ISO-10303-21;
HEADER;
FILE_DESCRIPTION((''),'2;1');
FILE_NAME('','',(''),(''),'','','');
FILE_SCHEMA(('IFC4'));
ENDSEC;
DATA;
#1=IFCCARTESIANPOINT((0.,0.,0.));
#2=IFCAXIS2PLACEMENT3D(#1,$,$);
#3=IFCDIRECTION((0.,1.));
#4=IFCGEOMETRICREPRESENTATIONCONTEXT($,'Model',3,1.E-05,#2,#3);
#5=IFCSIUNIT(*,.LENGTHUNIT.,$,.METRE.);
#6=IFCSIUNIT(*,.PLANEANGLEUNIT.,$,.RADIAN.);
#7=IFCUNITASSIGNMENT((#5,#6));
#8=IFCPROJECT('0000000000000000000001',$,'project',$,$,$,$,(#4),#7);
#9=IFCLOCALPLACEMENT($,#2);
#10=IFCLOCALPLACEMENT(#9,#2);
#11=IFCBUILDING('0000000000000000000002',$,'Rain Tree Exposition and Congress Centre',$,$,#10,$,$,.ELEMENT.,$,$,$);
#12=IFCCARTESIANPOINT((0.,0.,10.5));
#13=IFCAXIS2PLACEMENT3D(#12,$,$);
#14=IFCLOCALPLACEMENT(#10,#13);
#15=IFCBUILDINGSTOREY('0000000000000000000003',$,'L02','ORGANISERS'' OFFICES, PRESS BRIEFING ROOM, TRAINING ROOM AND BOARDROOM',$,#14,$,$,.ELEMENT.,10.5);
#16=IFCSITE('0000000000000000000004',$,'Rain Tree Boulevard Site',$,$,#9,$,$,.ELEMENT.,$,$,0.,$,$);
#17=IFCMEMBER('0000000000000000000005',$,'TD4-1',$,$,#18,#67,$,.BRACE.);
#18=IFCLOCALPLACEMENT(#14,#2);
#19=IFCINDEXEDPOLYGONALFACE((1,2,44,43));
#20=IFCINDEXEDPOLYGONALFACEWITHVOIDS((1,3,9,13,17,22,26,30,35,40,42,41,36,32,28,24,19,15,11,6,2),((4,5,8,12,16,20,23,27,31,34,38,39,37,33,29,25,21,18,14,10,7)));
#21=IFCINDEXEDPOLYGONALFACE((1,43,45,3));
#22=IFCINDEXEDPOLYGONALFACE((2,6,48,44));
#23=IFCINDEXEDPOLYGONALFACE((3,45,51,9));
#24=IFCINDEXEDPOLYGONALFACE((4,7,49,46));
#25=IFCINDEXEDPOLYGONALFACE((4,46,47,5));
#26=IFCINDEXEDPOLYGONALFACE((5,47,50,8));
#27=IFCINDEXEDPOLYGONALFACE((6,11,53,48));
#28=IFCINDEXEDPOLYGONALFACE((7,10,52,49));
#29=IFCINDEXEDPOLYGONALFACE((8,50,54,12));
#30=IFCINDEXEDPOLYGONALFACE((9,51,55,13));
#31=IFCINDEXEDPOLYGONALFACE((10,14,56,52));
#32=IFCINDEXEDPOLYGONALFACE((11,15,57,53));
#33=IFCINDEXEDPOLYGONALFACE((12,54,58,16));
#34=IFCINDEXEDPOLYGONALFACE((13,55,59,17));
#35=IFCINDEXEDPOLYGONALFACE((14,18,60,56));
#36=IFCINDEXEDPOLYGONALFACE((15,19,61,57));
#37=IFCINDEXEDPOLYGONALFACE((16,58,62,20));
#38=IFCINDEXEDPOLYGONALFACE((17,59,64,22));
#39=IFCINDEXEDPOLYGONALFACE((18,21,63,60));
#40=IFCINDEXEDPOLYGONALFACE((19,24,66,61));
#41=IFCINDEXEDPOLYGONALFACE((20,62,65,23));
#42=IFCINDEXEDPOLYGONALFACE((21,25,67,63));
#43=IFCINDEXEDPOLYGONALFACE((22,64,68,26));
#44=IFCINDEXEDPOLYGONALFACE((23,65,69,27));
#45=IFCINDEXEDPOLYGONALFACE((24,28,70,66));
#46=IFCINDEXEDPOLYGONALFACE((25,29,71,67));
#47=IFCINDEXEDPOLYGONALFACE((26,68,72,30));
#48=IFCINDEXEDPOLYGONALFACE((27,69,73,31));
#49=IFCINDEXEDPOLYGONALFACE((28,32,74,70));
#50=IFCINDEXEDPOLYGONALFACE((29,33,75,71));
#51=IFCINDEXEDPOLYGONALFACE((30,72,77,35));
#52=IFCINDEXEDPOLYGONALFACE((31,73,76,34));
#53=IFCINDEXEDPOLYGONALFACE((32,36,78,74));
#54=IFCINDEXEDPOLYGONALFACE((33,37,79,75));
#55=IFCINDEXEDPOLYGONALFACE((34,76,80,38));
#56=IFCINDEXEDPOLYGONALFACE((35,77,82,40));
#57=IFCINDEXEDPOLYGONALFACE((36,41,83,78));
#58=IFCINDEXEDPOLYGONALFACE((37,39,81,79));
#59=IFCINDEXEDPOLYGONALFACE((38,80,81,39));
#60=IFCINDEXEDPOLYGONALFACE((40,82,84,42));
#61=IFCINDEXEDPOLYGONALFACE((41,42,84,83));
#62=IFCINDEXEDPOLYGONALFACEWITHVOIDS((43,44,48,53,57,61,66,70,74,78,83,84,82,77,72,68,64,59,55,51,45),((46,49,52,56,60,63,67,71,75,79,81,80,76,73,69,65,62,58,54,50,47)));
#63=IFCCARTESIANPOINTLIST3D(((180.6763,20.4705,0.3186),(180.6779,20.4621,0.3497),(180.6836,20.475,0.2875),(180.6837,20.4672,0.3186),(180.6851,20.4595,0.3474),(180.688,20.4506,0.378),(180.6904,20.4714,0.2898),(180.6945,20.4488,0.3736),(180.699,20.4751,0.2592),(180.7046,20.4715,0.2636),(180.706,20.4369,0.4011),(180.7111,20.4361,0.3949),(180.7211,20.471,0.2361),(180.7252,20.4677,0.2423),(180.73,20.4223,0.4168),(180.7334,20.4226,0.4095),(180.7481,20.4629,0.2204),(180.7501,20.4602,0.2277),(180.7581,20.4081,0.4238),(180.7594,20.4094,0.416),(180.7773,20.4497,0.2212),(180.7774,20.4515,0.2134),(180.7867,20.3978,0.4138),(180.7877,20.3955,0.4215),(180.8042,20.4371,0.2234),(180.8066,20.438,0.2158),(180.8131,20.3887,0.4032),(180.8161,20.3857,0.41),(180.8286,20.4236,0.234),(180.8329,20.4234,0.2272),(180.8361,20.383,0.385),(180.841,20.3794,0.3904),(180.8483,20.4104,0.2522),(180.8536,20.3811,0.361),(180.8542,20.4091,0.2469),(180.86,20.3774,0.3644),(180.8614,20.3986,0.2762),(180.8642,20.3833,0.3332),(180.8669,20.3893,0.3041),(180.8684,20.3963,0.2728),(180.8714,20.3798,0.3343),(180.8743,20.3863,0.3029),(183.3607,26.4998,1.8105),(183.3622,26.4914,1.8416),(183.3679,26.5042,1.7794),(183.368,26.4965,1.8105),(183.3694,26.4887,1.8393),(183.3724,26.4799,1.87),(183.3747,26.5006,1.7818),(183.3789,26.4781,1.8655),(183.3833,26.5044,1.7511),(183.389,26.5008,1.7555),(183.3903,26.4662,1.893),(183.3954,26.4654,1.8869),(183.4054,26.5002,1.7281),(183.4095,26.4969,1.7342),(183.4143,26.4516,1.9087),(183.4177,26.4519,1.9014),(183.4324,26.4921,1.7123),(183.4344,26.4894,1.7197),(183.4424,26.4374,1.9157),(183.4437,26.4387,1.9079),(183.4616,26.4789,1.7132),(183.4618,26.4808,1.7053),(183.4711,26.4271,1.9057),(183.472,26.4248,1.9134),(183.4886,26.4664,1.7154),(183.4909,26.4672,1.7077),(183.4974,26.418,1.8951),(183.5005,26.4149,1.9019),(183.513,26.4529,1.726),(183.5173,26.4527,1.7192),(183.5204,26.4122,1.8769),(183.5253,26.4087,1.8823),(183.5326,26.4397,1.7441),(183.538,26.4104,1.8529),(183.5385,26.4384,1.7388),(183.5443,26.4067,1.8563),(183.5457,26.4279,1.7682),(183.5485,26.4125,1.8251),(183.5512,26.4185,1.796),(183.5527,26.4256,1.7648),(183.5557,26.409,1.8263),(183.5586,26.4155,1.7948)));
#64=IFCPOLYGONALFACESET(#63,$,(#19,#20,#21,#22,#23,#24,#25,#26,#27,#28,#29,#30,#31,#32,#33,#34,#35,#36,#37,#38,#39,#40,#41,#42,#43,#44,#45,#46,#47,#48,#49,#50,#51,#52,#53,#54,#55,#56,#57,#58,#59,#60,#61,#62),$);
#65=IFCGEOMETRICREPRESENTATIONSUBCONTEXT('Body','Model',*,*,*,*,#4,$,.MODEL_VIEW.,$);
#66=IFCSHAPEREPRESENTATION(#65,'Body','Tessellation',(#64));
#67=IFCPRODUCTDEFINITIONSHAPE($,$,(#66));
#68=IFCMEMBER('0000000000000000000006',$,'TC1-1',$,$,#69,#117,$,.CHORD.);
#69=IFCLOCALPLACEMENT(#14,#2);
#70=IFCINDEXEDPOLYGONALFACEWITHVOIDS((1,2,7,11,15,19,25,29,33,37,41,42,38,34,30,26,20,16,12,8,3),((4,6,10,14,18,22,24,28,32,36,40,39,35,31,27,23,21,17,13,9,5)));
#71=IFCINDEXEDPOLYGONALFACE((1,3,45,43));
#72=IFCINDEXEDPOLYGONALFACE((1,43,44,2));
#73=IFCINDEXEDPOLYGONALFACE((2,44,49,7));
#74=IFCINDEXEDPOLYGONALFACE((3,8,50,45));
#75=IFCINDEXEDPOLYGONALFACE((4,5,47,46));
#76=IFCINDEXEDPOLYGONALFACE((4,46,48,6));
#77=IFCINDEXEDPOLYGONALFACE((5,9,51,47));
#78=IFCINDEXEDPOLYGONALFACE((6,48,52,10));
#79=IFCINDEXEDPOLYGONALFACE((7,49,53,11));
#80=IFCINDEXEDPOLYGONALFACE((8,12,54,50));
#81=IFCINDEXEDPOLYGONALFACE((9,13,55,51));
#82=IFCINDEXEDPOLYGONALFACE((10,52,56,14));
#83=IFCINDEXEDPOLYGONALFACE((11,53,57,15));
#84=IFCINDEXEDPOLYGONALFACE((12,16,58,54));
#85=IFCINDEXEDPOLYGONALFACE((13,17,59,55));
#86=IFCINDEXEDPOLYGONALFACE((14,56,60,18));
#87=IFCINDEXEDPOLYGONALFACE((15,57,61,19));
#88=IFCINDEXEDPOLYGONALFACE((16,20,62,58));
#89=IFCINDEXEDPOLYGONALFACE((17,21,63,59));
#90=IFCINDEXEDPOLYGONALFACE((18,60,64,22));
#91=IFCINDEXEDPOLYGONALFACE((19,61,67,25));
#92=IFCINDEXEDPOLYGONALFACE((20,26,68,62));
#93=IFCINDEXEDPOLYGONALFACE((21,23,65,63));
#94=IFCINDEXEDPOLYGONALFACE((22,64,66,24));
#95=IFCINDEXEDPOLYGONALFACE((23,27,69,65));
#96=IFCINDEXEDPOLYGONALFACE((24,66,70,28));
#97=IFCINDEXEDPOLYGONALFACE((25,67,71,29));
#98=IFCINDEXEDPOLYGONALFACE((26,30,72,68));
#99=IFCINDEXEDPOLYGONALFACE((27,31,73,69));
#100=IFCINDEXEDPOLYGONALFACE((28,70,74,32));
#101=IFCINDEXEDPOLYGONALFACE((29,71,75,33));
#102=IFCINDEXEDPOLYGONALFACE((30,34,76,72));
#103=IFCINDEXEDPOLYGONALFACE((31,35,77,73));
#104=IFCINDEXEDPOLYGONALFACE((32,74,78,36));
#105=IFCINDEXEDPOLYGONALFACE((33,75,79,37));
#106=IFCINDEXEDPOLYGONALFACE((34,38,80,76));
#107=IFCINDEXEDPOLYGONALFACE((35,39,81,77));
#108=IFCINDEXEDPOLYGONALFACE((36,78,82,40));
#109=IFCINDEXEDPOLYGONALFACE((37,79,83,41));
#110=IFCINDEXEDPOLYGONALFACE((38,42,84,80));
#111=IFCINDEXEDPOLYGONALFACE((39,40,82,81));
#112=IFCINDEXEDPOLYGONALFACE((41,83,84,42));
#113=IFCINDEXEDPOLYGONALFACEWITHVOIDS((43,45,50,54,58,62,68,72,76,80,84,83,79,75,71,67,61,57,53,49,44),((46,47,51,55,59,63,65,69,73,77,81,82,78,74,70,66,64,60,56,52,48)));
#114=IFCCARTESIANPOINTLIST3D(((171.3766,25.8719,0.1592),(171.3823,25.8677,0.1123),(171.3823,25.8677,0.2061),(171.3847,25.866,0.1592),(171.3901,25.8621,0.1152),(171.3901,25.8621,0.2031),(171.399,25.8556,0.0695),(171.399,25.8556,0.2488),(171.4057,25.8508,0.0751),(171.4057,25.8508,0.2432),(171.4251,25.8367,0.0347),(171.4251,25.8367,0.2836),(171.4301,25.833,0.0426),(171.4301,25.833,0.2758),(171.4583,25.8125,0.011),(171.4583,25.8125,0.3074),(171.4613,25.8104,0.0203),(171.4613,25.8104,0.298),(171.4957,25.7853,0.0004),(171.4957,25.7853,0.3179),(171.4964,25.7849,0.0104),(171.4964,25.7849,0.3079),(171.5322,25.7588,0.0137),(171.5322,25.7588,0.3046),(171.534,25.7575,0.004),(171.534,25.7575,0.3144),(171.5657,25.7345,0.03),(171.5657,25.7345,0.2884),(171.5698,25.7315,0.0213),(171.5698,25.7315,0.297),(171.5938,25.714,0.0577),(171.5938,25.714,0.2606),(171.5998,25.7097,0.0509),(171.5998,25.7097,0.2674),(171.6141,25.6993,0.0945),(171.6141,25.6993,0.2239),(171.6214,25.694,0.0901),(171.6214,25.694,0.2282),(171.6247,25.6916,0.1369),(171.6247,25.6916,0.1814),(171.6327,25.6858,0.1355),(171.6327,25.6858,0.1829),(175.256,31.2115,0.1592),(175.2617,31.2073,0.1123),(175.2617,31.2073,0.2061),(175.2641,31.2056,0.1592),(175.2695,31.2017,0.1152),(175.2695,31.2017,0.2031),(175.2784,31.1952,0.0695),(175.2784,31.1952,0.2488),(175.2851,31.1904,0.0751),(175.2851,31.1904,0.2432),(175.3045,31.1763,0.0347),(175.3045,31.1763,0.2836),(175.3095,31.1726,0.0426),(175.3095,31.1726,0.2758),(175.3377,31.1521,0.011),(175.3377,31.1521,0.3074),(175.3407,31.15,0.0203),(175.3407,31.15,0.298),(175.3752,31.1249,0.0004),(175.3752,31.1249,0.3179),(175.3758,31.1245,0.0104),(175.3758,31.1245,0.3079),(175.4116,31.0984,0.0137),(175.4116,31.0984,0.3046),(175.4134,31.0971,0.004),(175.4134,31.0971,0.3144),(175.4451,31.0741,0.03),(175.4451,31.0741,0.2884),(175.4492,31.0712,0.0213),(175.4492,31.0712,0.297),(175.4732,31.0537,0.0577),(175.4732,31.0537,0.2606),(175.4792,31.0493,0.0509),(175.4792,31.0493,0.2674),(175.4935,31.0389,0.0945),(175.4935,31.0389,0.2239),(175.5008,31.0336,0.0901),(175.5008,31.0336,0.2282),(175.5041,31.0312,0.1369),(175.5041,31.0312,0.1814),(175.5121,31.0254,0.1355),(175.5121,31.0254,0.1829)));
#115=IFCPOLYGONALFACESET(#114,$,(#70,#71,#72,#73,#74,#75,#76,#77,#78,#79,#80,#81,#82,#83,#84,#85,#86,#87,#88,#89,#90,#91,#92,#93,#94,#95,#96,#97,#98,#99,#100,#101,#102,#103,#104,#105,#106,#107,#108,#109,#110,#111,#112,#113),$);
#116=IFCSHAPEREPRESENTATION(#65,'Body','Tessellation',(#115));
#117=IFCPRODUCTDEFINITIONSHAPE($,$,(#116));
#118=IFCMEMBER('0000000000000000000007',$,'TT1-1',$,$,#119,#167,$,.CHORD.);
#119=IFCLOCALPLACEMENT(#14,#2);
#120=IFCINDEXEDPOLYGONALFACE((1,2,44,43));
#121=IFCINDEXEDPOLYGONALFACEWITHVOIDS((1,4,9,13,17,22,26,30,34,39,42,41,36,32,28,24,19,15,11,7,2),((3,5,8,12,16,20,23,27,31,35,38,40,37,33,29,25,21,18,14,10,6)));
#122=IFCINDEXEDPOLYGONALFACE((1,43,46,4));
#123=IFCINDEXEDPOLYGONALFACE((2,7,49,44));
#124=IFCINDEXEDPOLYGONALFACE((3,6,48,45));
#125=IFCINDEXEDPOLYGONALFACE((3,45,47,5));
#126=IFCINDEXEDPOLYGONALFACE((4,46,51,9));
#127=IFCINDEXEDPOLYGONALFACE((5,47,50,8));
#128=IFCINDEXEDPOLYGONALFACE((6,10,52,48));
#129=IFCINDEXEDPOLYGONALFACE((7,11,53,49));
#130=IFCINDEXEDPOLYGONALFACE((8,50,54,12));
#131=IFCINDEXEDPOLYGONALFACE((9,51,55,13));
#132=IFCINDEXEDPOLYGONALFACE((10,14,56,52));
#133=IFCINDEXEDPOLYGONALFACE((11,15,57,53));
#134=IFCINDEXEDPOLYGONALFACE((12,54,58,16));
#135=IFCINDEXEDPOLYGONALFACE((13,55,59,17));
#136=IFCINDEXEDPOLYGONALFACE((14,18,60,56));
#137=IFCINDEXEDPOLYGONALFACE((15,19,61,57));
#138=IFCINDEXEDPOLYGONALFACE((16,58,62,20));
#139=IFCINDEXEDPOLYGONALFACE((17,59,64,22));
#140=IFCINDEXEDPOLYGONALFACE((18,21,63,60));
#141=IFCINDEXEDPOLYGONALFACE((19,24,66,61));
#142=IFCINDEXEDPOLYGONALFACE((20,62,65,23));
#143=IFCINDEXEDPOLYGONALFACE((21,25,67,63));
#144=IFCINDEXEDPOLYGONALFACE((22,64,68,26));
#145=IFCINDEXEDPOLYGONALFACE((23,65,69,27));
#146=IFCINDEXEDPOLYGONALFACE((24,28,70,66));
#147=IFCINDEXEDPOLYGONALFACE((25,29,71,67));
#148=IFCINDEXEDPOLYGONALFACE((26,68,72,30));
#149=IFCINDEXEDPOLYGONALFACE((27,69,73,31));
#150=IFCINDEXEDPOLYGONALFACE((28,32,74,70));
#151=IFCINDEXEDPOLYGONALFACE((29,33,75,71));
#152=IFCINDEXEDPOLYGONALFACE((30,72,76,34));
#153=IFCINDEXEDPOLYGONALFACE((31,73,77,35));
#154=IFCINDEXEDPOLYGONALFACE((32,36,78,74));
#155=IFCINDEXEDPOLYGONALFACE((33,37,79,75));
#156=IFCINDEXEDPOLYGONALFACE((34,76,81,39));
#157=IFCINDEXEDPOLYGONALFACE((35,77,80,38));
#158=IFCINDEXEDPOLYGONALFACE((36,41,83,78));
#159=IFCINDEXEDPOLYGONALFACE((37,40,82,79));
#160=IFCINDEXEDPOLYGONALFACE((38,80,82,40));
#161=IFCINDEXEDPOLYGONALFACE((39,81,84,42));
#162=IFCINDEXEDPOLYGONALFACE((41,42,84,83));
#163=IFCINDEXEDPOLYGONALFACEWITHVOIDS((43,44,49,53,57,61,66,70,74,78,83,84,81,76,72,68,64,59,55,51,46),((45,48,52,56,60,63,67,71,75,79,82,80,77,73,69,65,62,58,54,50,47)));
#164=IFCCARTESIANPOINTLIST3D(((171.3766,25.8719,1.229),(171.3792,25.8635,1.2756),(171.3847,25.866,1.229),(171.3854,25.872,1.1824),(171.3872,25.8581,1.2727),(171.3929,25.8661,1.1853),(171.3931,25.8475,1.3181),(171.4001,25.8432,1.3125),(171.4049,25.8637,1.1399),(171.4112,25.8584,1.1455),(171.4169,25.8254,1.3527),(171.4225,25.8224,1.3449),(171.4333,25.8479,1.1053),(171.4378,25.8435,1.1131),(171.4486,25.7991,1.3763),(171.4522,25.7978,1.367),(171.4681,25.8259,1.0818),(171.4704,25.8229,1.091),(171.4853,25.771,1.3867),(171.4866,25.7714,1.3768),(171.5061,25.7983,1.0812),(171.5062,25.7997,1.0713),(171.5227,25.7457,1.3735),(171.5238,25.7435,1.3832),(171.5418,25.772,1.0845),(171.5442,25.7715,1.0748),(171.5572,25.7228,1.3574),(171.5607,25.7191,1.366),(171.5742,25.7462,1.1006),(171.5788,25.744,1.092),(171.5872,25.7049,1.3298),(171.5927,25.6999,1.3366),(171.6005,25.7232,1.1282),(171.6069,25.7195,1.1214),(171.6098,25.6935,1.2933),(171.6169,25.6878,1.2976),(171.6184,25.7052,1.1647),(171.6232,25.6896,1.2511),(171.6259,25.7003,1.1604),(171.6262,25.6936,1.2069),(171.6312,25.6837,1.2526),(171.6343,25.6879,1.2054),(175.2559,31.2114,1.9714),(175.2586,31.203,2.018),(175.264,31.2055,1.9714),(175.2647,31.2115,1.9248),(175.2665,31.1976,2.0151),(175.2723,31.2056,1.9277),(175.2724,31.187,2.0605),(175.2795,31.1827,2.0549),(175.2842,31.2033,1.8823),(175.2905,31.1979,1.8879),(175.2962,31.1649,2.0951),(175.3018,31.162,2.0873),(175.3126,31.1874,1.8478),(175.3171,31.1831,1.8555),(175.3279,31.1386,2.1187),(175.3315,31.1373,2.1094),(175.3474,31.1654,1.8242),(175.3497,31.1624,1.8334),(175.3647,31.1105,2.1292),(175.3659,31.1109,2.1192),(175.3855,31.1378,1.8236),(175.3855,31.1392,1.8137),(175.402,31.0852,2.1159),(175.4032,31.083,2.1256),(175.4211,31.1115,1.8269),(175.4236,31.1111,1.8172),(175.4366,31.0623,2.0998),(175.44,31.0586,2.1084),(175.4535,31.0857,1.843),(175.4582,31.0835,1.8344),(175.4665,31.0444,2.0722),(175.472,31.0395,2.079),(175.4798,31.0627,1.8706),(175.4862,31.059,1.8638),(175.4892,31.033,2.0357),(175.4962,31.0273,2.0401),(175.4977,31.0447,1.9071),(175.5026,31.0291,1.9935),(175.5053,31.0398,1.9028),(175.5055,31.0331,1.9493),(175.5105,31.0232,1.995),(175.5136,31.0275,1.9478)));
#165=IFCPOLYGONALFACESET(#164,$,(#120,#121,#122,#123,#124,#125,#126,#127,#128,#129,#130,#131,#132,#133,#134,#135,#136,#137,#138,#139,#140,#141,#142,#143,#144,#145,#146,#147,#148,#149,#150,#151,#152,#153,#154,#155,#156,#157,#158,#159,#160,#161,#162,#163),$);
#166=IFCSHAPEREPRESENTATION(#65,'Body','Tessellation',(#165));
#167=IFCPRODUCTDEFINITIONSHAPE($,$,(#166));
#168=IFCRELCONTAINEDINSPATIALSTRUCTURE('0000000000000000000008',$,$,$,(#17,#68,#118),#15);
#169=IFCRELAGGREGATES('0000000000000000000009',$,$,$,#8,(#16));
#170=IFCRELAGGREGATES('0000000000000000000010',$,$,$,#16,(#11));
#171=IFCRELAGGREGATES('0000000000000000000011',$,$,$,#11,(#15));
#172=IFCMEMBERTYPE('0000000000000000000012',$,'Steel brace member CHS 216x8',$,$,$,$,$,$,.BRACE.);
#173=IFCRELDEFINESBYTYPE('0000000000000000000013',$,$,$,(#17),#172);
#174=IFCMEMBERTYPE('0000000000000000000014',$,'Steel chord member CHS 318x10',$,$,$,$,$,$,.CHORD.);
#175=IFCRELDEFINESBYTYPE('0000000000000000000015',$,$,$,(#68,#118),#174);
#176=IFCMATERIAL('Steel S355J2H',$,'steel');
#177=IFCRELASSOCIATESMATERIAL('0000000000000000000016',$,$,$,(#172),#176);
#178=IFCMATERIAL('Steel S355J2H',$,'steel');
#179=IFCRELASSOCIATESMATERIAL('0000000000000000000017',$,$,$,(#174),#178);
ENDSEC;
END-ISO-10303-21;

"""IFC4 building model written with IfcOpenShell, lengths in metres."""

from ifc_helpers import new_model, si_unit, direction, frame, origin, origin_2d, place, context, subcontext, project, spatial, hollow_circle, extrude, material, material_profile, profile_set, type_object, element, save


model = new_model("IFC4")

# Units and contexts
model_context = context("Model", 3, precision=1e-05, world=origin(), true_north=direction((0.0, 1.0)))
body_context = subcontext(model_context, "Body", "Model", "MODEL_VIEW")
ifc_project = project(units=[si_unit("LENGTHUNIT", "METRE"), si_unit("PLANEANGLEUNIT", "RADIAN")], contexts=[model_context])

# Site, building, storey
site_placement = place(None, origin())
site = spatial("IfcSite", under=ifc_project, at=site_placement, Name="Rain Tree Boulevard Site", CompositionType="ELEMENT", RefElevation=0.0)
building_placement = place(site_placement, origin())
building = spatial("IfcBuilding", under=site, at=building_placement, Name="Rain Tree Exposition and Congress Centre", CompositionType="ELEMENT")
storey_placement = place(building_placement, frame((0.0, 0.0, 10.5)))
storey = spatial("IfcBuildingStorey", under=building, at=storey_placement, Name="L02", Description="ORGANISERS' OFFICES, PRESS BRIEFING ROOM, TRAINING ROOM AND BOARDROOM", CompositionType="ELEMENT", Elevation=10.5)

# Members
ifc_material_1 = material(Name="Steel S355J2H", Category="steel")
ifc_material_profile_1 = material_profile(ifc_material_1, hollow_circle(Radius=0.1082, WallThickness=0.0081, at=origin_2d()), Name="CHS 216x8")
ifc_profile_set_1 = profile_set([ifc_material_profile_1], Name="Steel S355J2H")
member_type_1 = type_object("IfcMemberType", Name="Steel brace member CHS 216x8", PredefinedType="BRACE", material=ifc_profile_set_1)
member_1_placement = place(storey_placement, frame((180.7751, 20.4265, 0.3186), z_axis=(0.396715, 0.891067, 0.220494), x_axis=(-0.913551, 0.406725, 0.0)))
element("IfcMember", 1, at=member_1_placement, inside=storey, type_object=member_type_1, Name="TD4-1", PredefinedType="BRACE", context=body_context, shape_type="SweptSolid", body=[
    extrude(hollow_circle(Radius=0.1082, WallThickness=0.0081, at=origin_2d()), origin(), (0.0, 0.0, 1.0), 6.7664),
])
ifc_material_2 = material(Name="Steel S355J2H", Category="steel")
ifc_material_profile_2 = material_profile(ifc_material_2, hollow_circle(Radius=0.1592, WallThickness=0.01, at=origin_2d()), Name="CHS 318x10")
ifc_profile_set_2 = profile_set([ifc_material_profile_2], Name="Steel S355J2H")
member_type_2 = type_object("IfcMemberType", Name="Steel chord member CHS 318x10", PredefinedType="CHORD", material=ifc_profile_set_2)
member_2_placement = place(storey_placement, frame((171.5054, 25.7783, 0.1592), z_axis=(0.58778, 0.809021, 0.0), x_axis=(-0.809021, 0.58778, 0.0)))
element("IfcMember", 2, at=member_2_placement, inside=storey, type_object=member_type_2, Name="TC1-1", PredefinedType="CHORD", context=body_context, shape_type="SweptSolid", body=[
    extrude(hollow_circle(Radius=0.1592, WallThickness=0.01, at=origin_2d()), origin(), (0.0, 0.0, 1.0), 6.6001),
])
member_3_placement = place(storey_placement, frame((171.5054, 25.7783, 1.229), z_axis=(0.584096, 0.80395, 0.111783), x_axis=(-0.809021, 0.58778, 0.0)))
element("IfcMember", 3, at=member_3_placement, inside=storey, type_object=member_type_2, Name="TT1-1", PredefinedType="CHORD", context=body_context, shape_type="SweptSolid", body=[
    extrude(hollow_circle(Radius=0.1592, WallThickness=0.01, at=origin_2d()), origin(), (0.0, 0.0, 1.0), 6.6416),
])

save(model, "model.ifc")
